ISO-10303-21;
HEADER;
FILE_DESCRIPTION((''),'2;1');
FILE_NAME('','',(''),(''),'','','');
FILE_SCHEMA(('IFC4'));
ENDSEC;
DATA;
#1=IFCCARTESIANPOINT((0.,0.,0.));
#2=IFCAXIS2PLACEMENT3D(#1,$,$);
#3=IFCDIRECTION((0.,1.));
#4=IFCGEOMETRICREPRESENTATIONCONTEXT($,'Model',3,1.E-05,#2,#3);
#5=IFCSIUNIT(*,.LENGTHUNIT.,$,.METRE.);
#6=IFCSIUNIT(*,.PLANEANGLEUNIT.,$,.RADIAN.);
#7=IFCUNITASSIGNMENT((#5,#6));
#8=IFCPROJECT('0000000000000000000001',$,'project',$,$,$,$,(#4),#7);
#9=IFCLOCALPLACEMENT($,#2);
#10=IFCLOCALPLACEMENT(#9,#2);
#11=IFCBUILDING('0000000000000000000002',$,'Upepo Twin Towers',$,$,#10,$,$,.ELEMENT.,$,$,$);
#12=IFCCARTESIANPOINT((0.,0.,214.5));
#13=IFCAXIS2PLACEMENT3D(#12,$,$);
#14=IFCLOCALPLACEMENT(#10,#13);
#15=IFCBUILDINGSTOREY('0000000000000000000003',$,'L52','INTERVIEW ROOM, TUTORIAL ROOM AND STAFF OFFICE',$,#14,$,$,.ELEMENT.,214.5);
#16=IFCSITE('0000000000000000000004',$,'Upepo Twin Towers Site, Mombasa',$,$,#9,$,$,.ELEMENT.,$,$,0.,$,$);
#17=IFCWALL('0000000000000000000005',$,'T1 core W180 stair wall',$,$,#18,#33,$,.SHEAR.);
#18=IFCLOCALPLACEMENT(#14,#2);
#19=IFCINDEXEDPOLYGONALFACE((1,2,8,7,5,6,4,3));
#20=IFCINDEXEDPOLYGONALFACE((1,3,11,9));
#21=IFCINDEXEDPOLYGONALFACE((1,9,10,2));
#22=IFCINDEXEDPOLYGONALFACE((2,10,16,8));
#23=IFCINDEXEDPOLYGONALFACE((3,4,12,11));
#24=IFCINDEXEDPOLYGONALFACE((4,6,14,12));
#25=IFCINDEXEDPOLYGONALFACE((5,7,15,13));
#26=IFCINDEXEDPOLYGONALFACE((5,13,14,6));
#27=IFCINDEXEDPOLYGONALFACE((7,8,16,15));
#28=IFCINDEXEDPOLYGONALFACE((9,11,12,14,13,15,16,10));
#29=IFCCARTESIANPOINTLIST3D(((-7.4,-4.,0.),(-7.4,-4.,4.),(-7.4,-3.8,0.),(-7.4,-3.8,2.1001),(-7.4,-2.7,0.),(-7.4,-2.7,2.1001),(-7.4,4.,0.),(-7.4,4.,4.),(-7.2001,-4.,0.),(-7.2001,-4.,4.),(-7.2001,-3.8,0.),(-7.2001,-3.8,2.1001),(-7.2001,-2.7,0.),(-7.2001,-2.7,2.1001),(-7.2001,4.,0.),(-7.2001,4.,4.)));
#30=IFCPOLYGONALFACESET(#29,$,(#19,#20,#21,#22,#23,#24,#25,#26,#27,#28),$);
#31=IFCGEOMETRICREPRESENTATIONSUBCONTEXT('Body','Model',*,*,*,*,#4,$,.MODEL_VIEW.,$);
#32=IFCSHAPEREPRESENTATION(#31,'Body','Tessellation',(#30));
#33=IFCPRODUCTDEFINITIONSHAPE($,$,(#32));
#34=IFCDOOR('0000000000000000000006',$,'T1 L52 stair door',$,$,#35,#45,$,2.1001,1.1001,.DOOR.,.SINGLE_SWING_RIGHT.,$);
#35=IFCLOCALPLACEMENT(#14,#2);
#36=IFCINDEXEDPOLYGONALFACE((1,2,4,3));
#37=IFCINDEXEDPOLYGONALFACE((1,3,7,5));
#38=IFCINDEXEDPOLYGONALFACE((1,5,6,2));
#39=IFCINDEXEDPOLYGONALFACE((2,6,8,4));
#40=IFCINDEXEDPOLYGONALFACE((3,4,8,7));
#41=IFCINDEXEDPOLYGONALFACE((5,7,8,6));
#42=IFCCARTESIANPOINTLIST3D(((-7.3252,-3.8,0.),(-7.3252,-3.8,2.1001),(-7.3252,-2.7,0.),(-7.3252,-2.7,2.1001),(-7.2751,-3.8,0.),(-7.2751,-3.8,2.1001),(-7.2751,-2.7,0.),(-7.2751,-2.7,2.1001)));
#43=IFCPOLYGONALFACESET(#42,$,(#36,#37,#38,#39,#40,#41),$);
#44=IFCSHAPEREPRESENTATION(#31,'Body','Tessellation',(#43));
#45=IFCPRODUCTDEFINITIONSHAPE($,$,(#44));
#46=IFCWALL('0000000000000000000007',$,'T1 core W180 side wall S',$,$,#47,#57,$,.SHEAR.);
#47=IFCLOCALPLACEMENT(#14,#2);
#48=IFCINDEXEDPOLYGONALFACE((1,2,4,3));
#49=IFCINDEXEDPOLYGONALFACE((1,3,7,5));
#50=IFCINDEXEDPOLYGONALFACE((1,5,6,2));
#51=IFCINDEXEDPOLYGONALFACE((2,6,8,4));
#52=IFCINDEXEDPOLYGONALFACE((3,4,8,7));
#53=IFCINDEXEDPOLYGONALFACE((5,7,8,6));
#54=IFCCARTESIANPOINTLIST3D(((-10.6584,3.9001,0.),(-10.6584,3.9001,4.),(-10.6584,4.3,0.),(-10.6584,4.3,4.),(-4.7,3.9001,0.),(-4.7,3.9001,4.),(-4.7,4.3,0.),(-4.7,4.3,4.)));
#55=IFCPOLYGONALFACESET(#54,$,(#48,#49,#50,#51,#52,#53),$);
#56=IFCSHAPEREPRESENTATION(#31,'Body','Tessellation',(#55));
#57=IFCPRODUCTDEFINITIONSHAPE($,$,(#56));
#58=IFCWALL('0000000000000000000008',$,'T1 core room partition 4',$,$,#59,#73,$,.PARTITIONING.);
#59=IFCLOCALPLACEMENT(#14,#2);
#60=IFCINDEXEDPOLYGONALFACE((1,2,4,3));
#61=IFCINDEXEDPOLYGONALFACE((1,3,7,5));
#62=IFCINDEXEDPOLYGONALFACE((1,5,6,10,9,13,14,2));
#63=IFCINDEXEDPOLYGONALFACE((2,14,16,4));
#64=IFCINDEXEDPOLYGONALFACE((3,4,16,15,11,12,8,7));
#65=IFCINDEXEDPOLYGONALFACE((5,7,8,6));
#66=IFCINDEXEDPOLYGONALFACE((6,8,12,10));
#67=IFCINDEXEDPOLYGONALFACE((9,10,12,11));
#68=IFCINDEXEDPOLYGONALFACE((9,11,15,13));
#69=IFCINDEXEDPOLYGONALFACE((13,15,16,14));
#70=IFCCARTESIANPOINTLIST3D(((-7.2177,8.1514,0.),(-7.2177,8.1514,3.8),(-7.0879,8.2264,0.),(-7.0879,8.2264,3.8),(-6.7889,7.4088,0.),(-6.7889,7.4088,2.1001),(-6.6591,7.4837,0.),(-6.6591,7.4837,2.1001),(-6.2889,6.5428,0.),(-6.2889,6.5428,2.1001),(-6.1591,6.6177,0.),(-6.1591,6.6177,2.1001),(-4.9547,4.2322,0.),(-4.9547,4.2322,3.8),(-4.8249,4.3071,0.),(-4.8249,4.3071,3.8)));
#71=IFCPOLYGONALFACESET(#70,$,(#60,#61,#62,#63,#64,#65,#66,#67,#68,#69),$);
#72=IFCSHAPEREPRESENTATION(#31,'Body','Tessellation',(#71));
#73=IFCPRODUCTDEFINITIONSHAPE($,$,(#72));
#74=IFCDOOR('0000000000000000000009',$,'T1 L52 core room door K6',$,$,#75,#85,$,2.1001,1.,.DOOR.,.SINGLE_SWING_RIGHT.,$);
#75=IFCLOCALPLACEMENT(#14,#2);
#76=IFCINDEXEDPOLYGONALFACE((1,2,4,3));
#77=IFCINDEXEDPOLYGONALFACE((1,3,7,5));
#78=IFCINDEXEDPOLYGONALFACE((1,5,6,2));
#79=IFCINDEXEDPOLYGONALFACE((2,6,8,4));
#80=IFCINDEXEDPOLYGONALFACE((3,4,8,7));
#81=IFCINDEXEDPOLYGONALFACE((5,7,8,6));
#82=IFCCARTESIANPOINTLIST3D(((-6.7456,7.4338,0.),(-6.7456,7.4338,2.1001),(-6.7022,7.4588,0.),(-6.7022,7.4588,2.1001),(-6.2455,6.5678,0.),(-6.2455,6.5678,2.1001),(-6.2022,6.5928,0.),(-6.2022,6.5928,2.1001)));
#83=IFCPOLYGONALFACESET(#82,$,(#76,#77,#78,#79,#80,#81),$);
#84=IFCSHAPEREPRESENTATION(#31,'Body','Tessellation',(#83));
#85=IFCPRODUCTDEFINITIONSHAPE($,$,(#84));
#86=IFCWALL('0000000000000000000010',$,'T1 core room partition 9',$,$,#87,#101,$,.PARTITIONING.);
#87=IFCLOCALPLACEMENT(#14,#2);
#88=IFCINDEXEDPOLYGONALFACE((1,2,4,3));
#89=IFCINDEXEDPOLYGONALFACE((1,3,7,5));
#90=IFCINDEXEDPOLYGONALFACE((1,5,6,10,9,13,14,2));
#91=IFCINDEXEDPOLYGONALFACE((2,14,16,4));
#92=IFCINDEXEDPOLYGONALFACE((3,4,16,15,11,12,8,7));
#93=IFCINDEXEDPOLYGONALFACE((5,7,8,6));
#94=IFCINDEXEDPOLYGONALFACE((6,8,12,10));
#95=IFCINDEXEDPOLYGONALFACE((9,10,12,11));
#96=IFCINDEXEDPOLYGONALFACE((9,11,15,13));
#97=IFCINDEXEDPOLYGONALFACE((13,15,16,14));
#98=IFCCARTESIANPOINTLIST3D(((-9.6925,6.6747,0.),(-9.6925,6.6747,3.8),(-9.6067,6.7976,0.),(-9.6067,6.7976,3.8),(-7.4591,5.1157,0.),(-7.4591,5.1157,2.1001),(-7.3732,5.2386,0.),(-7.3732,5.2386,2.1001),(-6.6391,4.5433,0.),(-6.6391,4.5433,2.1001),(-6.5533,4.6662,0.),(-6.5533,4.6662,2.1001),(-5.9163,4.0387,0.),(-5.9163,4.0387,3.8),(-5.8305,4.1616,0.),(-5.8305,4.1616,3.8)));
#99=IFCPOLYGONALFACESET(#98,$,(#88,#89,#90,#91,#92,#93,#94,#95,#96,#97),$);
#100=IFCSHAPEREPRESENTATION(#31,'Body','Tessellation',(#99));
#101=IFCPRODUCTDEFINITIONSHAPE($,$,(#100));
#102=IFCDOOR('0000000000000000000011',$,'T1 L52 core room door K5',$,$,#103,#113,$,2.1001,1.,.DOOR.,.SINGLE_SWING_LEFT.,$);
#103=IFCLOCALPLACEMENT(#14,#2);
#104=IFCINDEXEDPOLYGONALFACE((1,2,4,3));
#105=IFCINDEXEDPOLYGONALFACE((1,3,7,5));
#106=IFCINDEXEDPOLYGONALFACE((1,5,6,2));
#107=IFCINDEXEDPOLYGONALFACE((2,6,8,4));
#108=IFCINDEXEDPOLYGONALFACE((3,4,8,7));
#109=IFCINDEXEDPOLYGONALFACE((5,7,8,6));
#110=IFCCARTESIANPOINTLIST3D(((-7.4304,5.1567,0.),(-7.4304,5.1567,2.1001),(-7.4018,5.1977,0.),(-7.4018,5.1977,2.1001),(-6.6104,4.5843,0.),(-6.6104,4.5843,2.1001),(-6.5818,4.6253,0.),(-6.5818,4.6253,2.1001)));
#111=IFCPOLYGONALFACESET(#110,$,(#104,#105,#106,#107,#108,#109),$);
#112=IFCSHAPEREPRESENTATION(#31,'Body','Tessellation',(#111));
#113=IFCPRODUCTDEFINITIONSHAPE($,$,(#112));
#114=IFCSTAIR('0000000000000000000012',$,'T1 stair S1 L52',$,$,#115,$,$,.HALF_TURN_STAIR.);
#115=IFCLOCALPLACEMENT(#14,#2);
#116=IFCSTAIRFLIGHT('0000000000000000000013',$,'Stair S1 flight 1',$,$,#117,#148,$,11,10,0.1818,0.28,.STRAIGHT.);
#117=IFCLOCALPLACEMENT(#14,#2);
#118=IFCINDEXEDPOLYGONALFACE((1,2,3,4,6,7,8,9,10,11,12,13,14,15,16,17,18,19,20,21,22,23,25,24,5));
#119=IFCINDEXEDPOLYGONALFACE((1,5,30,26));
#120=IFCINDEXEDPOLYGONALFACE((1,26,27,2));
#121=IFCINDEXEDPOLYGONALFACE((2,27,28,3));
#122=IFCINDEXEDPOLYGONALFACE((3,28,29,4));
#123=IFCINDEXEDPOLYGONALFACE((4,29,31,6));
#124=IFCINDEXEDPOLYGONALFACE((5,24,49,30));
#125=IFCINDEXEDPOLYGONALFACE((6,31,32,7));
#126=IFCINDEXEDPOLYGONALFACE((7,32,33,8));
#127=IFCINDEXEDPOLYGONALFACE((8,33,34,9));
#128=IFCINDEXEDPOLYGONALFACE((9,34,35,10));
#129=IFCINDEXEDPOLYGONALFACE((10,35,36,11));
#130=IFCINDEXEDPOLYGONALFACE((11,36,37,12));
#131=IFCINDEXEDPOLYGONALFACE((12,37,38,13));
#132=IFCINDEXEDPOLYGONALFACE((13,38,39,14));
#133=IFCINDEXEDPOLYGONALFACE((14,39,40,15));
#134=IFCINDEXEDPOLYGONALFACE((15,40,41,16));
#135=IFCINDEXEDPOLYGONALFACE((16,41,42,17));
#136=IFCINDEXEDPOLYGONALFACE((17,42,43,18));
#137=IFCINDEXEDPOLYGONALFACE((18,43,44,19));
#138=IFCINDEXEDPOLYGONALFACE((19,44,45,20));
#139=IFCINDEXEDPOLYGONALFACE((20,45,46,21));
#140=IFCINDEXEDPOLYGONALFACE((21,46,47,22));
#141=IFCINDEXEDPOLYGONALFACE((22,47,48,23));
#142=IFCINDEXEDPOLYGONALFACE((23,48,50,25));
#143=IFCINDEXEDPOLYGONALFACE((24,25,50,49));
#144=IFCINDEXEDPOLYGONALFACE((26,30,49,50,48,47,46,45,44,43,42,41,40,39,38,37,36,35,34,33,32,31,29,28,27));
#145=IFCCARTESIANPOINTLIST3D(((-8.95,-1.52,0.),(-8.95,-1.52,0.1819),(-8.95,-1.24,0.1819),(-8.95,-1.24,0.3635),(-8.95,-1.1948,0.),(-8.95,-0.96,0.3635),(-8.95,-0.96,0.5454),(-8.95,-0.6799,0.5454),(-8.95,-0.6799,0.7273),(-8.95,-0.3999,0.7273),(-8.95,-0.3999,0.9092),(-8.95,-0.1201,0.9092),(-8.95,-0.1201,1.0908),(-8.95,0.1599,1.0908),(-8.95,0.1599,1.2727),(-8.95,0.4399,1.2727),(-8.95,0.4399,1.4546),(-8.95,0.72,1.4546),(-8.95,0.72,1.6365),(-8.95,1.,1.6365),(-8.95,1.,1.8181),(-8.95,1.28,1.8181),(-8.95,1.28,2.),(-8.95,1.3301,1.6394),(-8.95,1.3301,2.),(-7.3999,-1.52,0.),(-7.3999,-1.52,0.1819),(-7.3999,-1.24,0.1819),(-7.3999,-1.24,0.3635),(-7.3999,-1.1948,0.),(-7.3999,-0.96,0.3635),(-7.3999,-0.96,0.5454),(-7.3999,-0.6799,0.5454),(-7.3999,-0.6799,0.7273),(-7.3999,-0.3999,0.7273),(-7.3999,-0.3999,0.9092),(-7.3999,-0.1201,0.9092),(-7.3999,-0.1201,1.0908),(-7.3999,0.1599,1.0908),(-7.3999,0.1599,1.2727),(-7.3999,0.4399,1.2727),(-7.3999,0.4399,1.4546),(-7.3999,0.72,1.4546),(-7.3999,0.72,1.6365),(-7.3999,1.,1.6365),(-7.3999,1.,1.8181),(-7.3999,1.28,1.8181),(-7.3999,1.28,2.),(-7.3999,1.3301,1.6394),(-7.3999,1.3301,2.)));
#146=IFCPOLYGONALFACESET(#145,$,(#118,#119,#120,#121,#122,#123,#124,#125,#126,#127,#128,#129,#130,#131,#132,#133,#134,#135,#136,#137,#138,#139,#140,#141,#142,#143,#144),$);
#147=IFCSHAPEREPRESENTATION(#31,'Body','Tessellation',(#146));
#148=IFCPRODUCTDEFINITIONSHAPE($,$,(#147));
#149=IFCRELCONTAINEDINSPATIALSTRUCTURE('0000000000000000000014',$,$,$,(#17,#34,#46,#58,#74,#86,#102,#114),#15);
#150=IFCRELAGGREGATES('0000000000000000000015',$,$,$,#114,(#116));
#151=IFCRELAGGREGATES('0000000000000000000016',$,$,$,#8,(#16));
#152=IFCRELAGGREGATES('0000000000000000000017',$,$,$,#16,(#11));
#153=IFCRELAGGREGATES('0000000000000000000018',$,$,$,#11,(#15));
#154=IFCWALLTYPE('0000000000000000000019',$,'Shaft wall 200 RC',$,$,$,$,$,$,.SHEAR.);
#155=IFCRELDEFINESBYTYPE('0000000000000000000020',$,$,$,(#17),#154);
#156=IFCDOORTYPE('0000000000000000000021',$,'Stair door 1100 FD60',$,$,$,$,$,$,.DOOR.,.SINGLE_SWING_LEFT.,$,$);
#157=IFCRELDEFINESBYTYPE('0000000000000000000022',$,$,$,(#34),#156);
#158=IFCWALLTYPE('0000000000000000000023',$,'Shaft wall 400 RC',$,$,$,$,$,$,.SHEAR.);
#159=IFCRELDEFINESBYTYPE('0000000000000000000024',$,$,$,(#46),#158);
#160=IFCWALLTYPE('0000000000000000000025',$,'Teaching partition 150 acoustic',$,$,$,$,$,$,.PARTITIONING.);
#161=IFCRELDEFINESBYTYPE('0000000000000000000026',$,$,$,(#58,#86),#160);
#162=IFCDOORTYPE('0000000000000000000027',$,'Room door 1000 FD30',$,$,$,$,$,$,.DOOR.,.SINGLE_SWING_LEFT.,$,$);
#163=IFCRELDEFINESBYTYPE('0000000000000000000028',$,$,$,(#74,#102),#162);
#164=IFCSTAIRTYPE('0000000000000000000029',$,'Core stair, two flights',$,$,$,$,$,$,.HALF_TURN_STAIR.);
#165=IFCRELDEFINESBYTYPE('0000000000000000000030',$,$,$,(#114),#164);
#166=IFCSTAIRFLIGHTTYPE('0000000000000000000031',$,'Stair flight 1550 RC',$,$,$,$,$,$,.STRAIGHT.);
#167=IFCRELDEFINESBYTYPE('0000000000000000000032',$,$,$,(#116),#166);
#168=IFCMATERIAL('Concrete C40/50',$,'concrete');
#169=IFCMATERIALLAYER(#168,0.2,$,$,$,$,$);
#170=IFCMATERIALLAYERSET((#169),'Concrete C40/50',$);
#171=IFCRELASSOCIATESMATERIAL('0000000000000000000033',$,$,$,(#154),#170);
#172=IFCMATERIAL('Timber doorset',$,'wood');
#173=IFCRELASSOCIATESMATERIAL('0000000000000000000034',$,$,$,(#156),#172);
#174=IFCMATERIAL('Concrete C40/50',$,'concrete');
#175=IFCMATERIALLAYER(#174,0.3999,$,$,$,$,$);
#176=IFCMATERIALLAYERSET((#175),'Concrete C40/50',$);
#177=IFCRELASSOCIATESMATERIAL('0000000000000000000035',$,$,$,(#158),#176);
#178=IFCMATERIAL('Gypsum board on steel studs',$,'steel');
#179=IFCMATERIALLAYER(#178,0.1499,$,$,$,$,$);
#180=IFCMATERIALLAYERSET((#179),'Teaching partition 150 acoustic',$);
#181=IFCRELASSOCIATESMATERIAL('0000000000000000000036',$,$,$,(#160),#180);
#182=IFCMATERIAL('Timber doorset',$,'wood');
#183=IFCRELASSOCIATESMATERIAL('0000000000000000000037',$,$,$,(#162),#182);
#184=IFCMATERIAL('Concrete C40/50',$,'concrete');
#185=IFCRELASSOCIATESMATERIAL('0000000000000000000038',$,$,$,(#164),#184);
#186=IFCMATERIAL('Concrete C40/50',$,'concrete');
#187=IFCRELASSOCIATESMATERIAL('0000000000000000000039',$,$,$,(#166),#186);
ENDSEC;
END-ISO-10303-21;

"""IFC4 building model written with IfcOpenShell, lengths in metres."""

from ifc_helpers import new_model, si_unit, direction, frame, frame_2d, origin, place, context, subcontext, project, spatial, polyline, rectangle, outline, extrude, material, layer, layer_set, type_object, element, fill, aggregate, save


model = new_model("IFC4")

# Units and contexts
model_context = context("Model", 3, precision=1e-05, world=origin(), true_north=direction((0.0, 1.0)))
body_context = subcontext(model_context, "Body", "Model", "MODEL_VIEW")
ifc_project = project(units=[si_unit("LENGTHUNIT", "METRE"), si_unit("PLANEANGLEUNIT", "RADIAN")], contexts=[model_context])

# Site, building, storey
site_placement = place(None, origin())
site = spatial("IfcSite", under=ifc_project, at=site_placement, Name="Upepo Twin Towers Site, Mombasa", CompositionType="ELEMENT", RefElevation=0.0)
building_placement = place(site_placement, origin())
building = spatial("IfcBuilding", under=site, at=building_placement, Name="Upepo Twin Towers", CompositionType="ELEMENT")
storey_placement = place(building_placement, frame((0.0, 0.0, 214.5)))
storey = spatial("IfcBuildingStorey", under=building, at=storey_placement, Name="L52", Description="INTERVIEW ROOM, TUTORIAL ROOM AND STAFF OFFICE", CompositionType="ELEMENT", Elevation=214.5)

# Shared definitions
ifc_material_1 = material(Name="Concrete C40/50", Category="concrete")
ifc_layer_1 = layer(ifc_material_1, 0.2)
ifc_layer_set_1 = layer_set([ifc_layer_1], Name="Concrete C40/50")
wall_type_1 = type_object("IfcWallType", Name="Shaft wall 200 RC", PredefinedType="SHEAR", material=ifc_layer_set_1)

# Wall, opening, door
wall_1_placement = place(storey_placement, frame((-7.3, 4.0, 0.0), z_axis=(0.0, 0.0, 1.0), x_axis=(0.0, -1.0, 0.0)))
wall_1 = element("IfcWall", 1, at=wall_1_placement, inside=storey, type_object=wall_type_1, Name="T1 core W180 stair wall", PredefinedType="SHEAR", context=body_context, shape_type="SweptSolid", body=[
    extrude(rectangle(XDim=8.0, YDim=0.2, at=frame_2d((4.0, 0.0))), origin(), (0.0, 0.0, 1.0), 4.0),
])
opening_1_placement = place(wall_1_placement, frame((6.7, 0.0, 0.0)))
opening_1 = element("IfcOpeningElement", 2, at=opening_1_placement, cuts=wall_1, PredefinedType="OPENING", context=body_context, shape_type="SweptSolid", body=[
    extrude(rectangle(XDim=1.1001, YDim=2.1001, at=frame_2d((0.55, 1.05))), frame((0.0, 0.1099, 0.0), z_axis=(0.0, -1.0, 0.0), x_axis=(1.0, 0.0, 0.0)), (0.0, 0.0, 1.0), 0.22),
])
ifc_material_2 = material(Name="Timber doorset", Category="wood")
door_type_1 = type_object("IfcDoorType", Name="Stair door 1100 FD60", OperationType="SINGLE_SWING_LEFT", PredefinedType="DOOR", material=ifc_material_2)
door_1_placement = place(opening_1_placement, origin())
door_1 = element("IfcDoor", 3, at=door_1_placement, inside=storey, type_object=door_type_1, Name="T1 L52 stair door", OperationType="SINGLE_SWING_RIGHT", OverallHeight=2.1001, OverallWidth=1.1001, PredefinedType="DOOR", context=body_context, shape_type="SweptSolid", body=[
    extrude(rectangle(XDim=1.1001, YDim=2.1001, at=frame_2d((0.55, 1.05))), frame((0.0, 0.0249, 0.0), z_axis=(0.0, -1.0, 0.0), x_axis=(1.0, 0.0, 0.0)), (0.0, 0.0, 1.0), 0.05),
])
fill(opening_1, door_1)

# Wall
ifc_material_3 = material(Name="Concrete C40/50", Category="concrete")
ifc_layer_2 = layer(ifc_material_3, 0.3999)
ifc_layer_set_2 = layer_set([ifc_layer_2], Name="Concrete C40/50")
wall_type_2 = type_object("IfcWallType", Name="Shaft wall 400 RC", PredefinedType="SHEAR", material=ifc_layer_set_2)
wall_2_placement = place(storey_placement, frame((-4.7, 4.1001, 0.0), z_axis=(0.0, 0.0, 1.0), x_axis=(-1.0, 0.0, 0.0)))
element("IfcWall", 4, at=wall_2_placement, inside=storey, type_object=wall_type_2, Name="T1 core W180 side wall S", PredefinedType="SHEAR", context=body_context, shape_type="SweptSolid", body=[
    extrude(rectangle(XDim=5.9585, YDim=0.3999, at=frame_2d((2.9792, 0.0))), origin(), (0.0, 0.0, 1.0), 4.0),
])

# Walls, openings, doors
ifc_material_4 = material(Name="Gypsum board on steel studs", Category="steel")
ifc_layer_3 = layer(ifc_material_4, 0.1499)
ifc_layer_set_3 = layer_set([ifc_layer_3], Name="Teaching partition 150 acoustic")
wall_type_3 = type_object("IfcWallType", Name="Teaching partition 150 acoustic", PredefinedType="PARTITIONING", material=ifc_layer_set_3)
wall_3_placement = place(storey_placement, frame((-4.8899, 4.2698, 0.0), z_axis=(0.0, 0.0, 1.0), x_axis=(-0.500032, 0.866007, 0.0)))
wall_3 = element("IfcWall", 5, at=wall_3_placement, inside=storey, type_object=wall_type_3, Name="T1 core room partition 4", PredefinedType="PARTITIONING", context=body_context, shape_type="SweptSolid", body=[
    extrude(rectangle(XDim=4.5256, YDim=0.1499, at=frame_2d((2.2627, 0.0))), origin(), (0.0, 0.0, 1.0), 3.8),
])
opening_2_placement = place(wall_3_placement, frame((2.668, 0.0, 0.0)))
opening_2 = element("IfcOpeningElement", 6, at=opening_2_placement, cuts=wall_3, PredefinedType="OPENING", context=body_context, shape_type="SweptSolid", body=[
    extrude(rectangle(XDim=1.0, YDim=2.1001, at=frame_2d((0.5, 1.05))), frame((0.0, 0.085, 0.0), z_axis=(0.0, -1.0, 0.0), x_axis=(1.0, 0.0, 0.0)), (0.0, 0.0, 1.0), 0.1699),
])
ifc_material_5 = material(Name="Timber doorset", Category="wood")
door_type_2 = type_object("IfcDoorType", Name="Room door 1000 FD30", OperationType="SINGLE_SWING_LEFT", PredefinedType="DOOR", material=ifc_material_5)
door_2_placement = place(opening_2_placement, origin())
door_2 = element("IfcDoor", 7, at=door_2_placement, inside=storey, type_object=door_type_2, Name="T1 L52 core room door K6", OperationType="SINGLE_SWING_RIGHT", OverallHeight=2.1001, OverallWidth=1.0, PredefinedType="DOOR", context=body_context, shape_type="SweptSolid", body=[
    extrude(rectangle(XDim=1.0, YDim=2.1001, at=frame_2d((0.5, 1.05))), frame((0.0, 0.0249, 0.0), z_axis=(0.0, -1.0, 0.0), x_axis=(1.0, 0.0, 0.0)), (0.0, 0.0, 1.0), 0.05),
])
fill(opening_2, door_2)
wall_4_placement = place(storey_placement, frame((-5.8733, 4.1001, 0.0), z_axis=(0.0, 0.0, 1.0), x_axis=(-0.819976, 0.572398, 0.0)))
wall_4 = element("IfcWall", 8, at=wall_4_placement, inside=storey, type_object=wall_type_3, Name="T1 core room partition 9", PredefinedType="PARTITIONING", context=body_context, shape_type="SweptSolid", body=[
    extrude(rectangle(XDim=4.6052, YDim=0.1499, at=frame_2d((2.3027, 0.0))), origin(), (0.0, 0.0, 1.0), 3.8),
])
opening_3_placement = place(wall_4_placement, frame((0.8816, 0.0, 0.0)))
opening_3 = element("IfcOpeningElement", 9, at=opening_3_placement, cuts=wall_4, PredefinedType="OPENING", context=body_context, shape_type="SweptSolid", body=[
    extrude(rectangle(XDim=1.0, YDim=2.1001, at=frame_2d((0.5, 1.05))), frame((0.0, 0.085, 0.0), z_axis=(0.0, -1.0, 0.0), x_axis=(1.0, 0.0, 0.0)), (0.0, 0.0, 1.0), 0.1699),
])
door_3_placement = place(opening_3_placement, origin())
door_3 = element("IfcDoor", 10, at=door_3_placement, inside=storey, type_object=door_type_2, Name="T1 L52 core room door K5", OperationType="SINGLE_SWING_LEFT", OverallHeight=2.1001, OverallWidth=1.0, PredefinedType="DOOR", context=body_context, shape_type="SweptSolid", body=[
    extrude(rectangle(XDim=1.0, YDim=2.1001, at=frame_2d((0.5, 1.05))), frame((0.0, 0.0249, 0.0), z_axis=(0.0, -1.0, 0.0), x_axis=(1.0, 0.0, 0.0)), (0.0, 0.0, 1.0), 0.05),
])
fill(opening_3, door_3)

# Stair, stair flight
ifc_material_6 = material(Name="Concrete C40/50", Category="concrete")
stair_type = type_object("IfcStairType", Name="Core stair, two flights", PredefinedType="HALF_TURN_STAIR", material=ifc_material_6)
stair_placement = place(storey_placement, origin())
stair = element("IfcStair", 11, at=stair_placement, inside=storey, type_object=stair_type, Name="T1 stair S1 L52", PredefinedType="HALF_TURN_STAIR")
ifc_material_7 = material(Name="Concrete C40/50", Category="concrete")
stair_flight_type = type_object("IfcStairFlightType", Name="Stair flight 1550 RC", PredefinedType="STRAIGHT", material=ifc_material_7)
stair_flight_1_placement = place(storey_placement, frame((-8.175, -1.52, 0.0), z_axis=(0.0, 0.0, 1.0), x_axis=(0.0, 1.0, 0.0)))
stair_flight_1 = element("IfcStairFlight", 12, at=stair_flight_1_placement, type_object=stair_flight_type, Name="Stair S1 flight 1", NumberOfRisers=11, NumberOfTreads=10, PredefinedType="STRAIGHT", RiserHeight=0.1818, TreadLength=0.28, context=body_context, shape_type="SweptSolid", body=[
    extrude(outline(polyline([(0.0, 0.0), (0.0, 0.1819), (0.28, 0.1819), (0.28, 0.3635), (0.5601, 0.3635), (0.5601, 0.5454), (0.8401, 0.5454), (0.8401, 0.7273), (1.1201, 0.7273), (1.1201, 0.9092), (1.3999, 0.9092), (1.3999, 1.0908), (1.6799, 1.0908), (1.6799, 1.2727), (1.96, 1.2727), (1.96, 1.4546), (2.24, 1.4546), (2.24, 1.6365), (2.52, 1.6365), (2.52, 1.8181), (2.8, 1.8181), (2.8, 2.0), (2.8501, 2.0), (2.8501, 1.6394), (0.3252, 0.0), (0.0, 0.0)])), frame((0.0, 0.7749, 0.0), z_axis=(0.0, -1.0, 0.0), x_axis=(1.0, 0.0, 0.0)), (0.0, 0.0, 1.0), 1.55),
])
aggregate(stair, [stair_flight_1])

save(model, "model.ifc")
